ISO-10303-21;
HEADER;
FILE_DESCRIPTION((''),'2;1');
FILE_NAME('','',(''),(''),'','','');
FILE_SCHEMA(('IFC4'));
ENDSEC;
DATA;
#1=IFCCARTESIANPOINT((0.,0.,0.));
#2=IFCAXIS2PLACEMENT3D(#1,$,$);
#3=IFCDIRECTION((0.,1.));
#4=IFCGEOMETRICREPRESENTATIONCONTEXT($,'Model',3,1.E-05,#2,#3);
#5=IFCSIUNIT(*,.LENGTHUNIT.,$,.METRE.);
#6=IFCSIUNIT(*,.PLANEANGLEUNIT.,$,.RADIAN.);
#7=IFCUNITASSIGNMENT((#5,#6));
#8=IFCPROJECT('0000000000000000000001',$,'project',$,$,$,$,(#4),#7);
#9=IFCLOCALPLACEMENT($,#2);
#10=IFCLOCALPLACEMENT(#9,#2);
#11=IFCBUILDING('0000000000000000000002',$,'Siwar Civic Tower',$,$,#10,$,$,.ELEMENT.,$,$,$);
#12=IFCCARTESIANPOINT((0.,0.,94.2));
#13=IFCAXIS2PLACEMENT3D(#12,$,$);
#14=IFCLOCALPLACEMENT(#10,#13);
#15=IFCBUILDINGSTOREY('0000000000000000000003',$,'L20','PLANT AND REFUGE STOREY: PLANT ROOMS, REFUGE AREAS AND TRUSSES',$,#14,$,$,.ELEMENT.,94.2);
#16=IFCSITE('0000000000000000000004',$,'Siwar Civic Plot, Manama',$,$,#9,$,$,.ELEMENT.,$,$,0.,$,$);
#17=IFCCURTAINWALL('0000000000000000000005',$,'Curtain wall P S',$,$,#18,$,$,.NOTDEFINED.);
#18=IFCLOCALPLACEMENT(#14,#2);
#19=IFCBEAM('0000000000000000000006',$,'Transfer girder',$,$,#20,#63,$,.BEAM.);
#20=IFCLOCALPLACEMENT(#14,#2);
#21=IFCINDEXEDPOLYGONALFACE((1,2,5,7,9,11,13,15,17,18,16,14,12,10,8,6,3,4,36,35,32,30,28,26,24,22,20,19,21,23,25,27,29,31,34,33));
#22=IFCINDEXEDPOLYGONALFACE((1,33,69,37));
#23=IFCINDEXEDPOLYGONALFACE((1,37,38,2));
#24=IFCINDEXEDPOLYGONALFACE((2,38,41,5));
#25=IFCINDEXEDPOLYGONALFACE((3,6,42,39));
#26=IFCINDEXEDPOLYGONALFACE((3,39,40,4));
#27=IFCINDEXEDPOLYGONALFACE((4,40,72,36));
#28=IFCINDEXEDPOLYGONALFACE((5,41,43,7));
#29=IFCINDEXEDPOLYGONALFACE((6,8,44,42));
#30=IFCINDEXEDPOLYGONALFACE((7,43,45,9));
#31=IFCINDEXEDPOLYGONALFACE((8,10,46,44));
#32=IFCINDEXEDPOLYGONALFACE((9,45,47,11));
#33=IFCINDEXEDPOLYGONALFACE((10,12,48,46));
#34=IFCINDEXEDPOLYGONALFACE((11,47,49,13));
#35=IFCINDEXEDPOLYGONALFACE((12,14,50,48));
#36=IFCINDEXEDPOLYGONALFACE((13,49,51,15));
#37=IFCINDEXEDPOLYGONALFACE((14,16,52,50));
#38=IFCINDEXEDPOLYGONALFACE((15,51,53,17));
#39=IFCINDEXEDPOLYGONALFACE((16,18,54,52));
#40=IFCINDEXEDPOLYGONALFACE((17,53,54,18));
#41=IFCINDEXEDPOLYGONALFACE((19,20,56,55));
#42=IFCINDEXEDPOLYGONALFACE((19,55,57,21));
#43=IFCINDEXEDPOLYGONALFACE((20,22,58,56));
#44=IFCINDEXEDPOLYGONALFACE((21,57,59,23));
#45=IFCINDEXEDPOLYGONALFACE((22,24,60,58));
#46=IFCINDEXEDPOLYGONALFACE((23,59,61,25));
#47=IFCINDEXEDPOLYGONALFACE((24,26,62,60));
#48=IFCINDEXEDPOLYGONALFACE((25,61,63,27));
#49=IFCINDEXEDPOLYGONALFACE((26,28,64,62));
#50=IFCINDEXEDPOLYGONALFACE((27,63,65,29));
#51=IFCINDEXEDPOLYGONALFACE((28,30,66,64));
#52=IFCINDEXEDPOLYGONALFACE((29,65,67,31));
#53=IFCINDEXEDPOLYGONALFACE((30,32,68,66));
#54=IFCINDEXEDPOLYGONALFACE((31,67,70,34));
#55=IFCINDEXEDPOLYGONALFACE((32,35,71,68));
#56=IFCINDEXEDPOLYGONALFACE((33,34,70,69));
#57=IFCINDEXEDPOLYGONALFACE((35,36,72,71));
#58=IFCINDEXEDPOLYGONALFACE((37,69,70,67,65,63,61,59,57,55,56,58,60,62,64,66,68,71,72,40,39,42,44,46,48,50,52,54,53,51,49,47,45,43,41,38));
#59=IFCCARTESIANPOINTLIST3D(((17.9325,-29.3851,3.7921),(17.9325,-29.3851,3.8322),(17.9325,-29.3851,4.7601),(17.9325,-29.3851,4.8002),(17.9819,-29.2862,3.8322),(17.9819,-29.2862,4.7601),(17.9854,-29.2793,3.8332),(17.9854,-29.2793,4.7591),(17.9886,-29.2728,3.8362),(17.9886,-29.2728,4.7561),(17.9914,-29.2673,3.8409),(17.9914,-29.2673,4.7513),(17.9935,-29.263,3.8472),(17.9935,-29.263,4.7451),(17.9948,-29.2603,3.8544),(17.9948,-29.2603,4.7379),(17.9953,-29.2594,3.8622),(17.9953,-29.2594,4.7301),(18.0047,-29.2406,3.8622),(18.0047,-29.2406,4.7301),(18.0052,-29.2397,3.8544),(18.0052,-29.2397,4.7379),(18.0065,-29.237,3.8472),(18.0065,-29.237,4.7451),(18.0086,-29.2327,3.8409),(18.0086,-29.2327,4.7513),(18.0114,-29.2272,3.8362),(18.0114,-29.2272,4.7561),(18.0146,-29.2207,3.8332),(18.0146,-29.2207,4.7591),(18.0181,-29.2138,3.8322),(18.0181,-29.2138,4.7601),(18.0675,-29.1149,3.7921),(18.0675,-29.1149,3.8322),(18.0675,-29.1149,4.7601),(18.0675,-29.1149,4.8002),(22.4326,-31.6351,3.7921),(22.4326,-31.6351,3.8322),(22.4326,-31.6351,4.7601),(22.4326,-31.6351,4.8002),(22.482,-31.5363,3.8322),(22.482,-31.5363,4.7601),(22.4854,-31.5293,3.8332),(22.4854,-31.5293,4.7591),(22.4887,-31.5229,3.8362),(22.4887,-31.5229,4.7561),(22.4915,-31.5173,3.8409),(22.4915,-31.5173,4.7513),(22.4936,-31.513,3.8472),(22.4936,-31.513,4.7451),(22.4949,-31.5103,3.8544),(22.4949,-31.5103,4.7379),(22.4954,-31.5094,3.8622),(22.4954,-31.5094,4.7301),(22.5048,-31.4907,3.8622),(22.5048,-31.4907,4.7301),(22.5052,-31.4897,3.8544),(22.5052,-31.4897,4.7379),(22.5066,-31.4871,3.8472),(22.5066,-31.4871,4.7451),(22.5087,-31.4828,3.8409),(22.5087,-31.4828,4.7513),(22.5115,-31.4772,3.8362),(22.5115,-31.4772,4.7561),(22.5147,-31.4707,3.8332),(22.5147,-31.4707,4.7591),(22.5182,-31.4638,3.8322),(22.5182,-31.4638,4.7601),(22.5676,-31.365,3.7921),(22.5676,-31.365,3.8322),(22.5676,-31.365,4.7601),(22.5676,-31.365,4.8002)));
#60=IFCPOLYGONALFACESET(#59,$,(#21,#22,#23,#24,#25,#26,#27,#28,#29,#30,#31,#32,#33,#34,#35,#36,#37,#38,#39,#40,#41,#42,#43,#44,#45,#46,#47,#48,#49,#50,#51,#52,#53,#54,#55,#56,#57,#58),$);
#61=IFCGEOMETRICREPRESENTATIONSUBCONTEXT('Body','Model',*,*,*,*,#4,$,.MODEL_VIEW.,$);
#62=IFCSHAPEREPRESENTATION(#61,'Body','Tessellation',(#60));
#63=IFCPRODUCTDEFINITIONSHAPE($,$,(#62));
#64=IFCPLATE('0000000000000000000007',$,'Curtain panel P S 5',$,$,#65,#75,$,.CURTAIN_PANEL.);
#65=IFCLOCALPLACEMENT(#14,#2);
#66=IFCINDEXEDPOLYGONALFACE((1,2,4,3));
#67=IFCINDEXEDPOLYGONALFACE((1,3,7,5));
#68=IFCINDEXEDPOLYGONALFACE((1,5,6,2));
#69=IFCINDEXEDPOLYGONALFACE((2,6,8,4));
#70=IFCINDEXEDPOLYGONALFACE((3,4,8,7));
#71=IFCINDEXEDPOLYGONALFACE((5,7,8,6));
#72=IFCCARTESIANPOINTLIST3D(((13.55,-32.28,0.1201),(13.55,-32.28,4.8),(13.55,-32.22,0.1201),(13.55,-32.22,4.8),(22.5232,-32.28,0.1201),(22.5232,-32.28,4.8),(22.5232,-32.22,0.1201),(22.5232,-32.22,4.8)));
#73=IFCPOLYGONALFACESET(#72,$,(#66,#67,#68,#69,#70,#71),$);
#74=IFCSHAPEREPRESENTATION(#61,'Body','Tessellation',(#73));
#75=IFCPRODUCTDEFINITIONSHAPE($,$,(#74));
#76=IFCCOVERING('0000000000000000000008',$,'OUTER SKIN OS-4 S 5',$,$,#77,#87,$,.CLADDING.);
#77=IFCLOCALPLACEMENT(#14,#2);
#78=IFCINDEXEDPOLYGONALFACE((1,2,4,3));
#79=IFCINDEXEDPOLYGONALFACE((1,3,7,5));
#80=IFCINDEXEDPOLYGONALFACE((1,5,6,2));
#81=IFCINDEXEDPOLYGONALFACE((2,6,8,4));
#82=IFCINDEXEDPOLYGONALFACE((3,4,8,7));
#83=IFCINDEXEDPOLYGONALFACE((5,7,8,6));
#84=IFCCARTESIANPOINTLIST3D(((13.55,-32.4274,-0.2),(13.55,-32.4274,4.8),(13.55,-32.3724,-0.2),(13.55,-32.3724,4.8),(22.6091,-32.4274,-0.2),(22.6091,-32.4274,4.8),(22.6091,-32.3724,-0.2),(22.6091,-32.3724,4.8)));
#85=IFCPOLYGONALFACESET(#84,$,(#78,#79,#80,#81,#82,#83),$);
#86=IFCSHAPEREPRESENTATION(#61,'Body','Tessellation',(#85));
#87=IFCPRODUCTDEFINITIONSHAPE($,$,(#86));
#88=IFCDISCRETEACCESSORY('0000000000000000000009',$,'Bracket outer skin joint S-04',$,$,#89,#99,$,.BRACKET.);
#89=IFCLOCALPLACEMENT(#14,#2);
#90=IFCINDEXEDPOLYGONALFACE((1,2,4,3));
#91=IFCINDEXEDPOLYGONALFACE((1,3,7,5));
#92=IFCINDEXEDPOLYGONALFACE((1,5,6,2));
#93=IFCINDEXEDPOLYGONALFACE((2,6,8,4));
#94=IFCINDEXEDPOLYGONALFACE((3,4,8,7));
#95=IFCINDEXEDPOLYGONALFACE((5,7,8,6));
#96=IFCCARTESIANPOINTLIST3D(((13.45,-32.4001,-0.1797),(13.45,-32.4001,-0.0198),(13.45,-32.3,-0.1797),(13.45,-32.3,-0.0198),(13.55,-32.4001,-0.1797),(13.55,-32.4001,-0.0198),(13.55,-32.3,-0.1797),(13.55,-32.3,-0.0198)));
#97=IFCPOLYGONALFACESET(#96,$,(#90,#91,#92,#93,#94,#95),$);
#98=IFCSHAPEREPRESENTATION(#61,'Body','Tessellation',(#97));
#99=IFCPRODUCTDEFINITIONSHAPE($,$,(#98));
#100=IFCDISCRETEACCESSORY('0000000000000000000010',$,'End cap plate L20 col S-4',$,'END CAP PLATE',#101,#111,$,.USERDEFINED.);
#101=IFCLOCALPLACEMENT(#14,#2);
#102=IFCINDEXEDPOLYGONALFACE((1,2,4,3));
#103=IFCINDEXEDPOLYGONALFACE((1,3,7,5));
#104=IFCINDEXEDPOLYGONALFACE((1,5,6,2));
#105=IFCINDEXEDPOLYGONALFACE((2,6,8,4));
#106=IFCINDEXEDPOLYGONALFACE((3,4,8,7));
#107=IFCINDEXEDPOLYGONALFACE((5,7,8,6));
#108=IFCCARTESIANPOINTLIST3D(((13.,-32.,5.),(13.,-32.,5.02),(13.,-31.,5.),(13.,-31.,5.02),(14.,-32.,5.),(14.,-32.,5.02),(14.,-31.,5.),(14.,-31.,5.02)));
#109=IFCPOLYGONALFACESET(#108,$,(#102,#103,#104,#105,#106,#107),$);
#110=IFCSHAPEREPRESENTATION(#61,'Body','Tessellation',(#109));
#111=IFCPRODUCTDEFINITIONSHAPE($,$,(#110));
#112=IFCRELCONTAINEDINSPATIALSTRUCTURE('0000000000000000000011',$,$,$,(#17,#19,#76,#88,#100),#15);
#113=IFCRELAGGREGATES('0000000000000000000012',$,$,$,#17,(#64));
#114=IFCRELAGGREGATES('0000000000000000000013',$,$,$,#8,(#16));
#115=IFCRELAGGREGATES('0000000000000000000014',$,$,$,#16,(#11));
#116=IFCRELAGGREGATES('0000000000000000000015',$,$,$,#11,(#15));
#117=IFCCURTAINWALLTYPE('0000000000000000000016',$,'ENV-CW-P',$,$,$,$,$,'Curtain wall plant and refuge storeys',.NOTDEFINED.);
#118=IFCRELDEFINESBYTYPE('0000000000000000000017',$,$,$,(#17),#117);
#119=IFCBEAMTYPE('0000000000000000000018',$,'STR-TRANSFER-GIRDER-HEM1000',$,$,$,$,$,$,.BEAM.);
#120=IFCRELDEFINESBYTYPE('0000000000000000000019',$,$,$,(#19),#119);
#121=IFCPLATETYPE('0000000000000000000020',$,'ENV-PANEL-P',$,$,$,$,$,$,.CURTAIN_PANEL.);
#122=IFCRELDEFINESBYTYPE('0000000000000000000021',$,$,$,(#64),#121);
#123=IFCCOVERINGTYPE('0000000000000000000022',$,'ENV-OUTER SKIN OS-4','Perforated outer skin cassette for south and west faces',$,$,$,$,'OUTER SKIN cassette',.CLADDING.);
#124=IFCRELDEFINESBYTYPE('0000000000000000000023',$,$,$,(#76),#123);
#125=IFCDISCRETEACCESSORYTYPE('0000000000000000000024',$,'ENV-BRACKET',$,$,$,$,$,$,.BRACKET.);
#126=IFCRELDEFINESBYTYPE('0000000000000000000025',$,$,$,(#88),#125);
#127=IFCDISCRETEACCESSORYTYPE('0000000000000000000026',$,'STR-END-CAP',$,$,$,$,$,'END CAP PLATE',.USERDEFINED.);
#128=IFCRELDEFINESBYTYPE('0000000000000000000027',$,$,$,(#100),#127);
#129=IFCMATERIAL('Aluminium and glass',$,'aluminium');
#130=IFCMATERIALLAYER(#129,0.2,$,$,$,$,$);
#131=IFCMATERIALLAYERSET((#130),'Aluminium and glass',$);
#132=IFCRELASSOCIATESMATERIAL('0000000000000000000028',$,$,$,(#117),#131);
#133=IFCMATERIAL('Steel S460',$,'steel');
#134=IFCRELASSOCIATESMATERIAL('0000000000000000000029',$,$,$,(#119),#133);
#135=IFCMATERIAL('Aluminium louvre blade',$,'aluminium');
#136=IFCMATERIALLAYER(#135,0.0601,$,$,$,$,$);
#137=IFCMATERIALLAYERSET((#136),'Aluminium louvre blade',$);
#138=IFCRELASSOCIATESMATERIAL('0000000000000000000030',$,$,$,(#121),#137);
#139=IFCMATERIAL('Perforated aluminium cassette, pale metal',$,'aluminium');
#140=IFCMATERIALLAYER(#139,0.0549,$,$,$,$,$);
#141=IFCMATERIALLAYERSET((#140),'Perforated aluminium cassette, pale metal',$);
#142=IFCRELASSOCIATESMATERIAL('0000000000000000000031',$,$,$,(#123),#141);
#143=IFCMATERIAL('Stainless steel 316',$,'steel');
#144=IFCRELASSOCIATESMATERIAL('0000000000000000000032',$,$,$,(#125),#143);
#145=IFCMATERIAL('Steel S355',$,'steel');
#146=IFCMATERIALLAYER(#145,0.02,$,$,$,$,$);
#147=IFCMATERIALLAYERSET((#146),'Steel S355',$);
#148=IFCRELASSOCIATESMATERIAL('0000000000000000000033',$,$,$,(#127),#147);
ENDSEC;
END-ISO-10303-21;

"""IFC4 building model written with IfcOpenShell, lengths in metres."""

from ifc_helpers import new_model, si_unit, direction, frame, origin, origin_2d, place, context, subcontext, project, spatial, rectangle, i_section, extrude, material, layer, layer_set, material_profile, profile_set, type_object, element, aggregate, save


model = new_model("IFC4")

# Units and contexts
model_context = context("Model", 3, precision=1e-05, world=origin(), true_north=direction((0.0, 1.0)))
body_context = subcontext(model_context, "Body", "Model", "MODEL_VIEW")
ifc_project = project(units=[si_unit("LENGTHUNIT", "METRE"), si_unit("PLANEANGLEUNIT", "RADIAN")], contexts=[model_context])

# Site, building, storey
site_placement = place(None, origin())
site = spatial("IfcSite", under=ifc_project, at=site_placement, Name="Siwar Civic Plot, Manama", CompositionType="ELEMENT", RefElevation=0.0)
building_placement = place(site_placement, origin())
building = spatial("IfcBuilding", under=site, at=building_placement, Name="Siwar Civic Tower", CompositionType="ELEMENT")
storey_placement = place(building_placement, frame((0.0, 0.0, 94.2)))
storey = spatial("IfcBuildingStorey", under=building, at=storey_placement, Name="L20", Description="PLANT AND REFUGE STOREY: PLANT ROOMS, REFUGE AREAS AND TRUSSES", CompositionType="ELEMENT", Elevation=94.2)

# Curtain wall
ifc_material_1 = material(Name="Aluminium and glass", Category="aluminium")
ifc_layer_1 = layer(ifc_material_1, 0.2)
ifc_layer_set_1 = layer_set([ifc_layer_1], Name="Aluminium and glass")
curtain_wall_type = type_object("IfcCurtainWallType", Name="ENV-CW-P", ElementType="Curtain wall plant and refuge storeys", PredefinedType="NOTDEFINED", material=ifc_layer_set_1)
curtain_wall_placement = place(storey_placement, origin())
curtain_wall = element("IfcCurtainWall", 1, at=curtain_wall_placement, inside=storey, type_object=curtain_wall_type, Name="Curtain wall P S", PredefinedType="NOTDEFINED")

# Beam
ifc_material_2 = material(Name="Steel S460", Category="steel")
ifc_material_profile_1 = material_profile(ifc_material_2, i_section(OverallWidth=0.302, OverallDepth=1.0081, WebThickness=0.021, FlangeThickness=0.04, FilletRadius=0.03, at=origin_2d()), Name="HEM1000")
ifc_profile_set_1 = profile_set([ifc_material_profile_1], Name="Steel S460")
beam_type_1 = type_object("IfcBeamType", Name="STR-TRANSFER-GIRDER-HEM1000", PredefinedType="BEAM", material=ifc_profile_set_1)
for number, where, z_axis, x_axis, name in (
    (2, (18.0, -29.25, 4.2961), (0.894427, -0.447214, 0.0), (0.447214, 0.894427, 0.0), "Transfer girder"),
):
    element("IfcBeam", number, at=place(storey_placement, frame(where, z_axis=z_axis, x_axis=x_axis)), inside=storey, type_object=beam_type_1, Name=name, PredefinedType="BEAM", context=body_context, shape_type="SweptSolid", body=[
        extrude(i_section(OverallWidth=0.302, OverallDepth=1.0081, WebThickness=0.021, FlangeThickness=0.04, FilletRadius=0.03, at=origin_2d()), origin(), (0.0, 0.0, 1.0), 5.0312),
    ])

# Plate
ifc_material_3 = material(Name="Aluminium louvre blade", Category="aluminium")
ifc_layer_2 = layer(ifc_material_3, 0.0601)
ifc_layer_set_2 = layer_set([ifc_layer_2], Name="Aluminium louvre blade")
plate_type = type_object("IfcPlateType", Name="ENV-PANEL-P", PredefinedType="CURTAIN_PANEL", material=ifc_layer_set_2)
plate_placement = place(storey_placement, frame((18.0366, -32.25, 0.1201), z_axis=(0.0, 0.0, 1.0), x_axis=(1.0, 0.0, 0.0)))
plate = element("IfcPlate", 3, at=plate_placement, type_object=plate_type, Name="Curtain panel P S 5", PredefinedType="CURTAIN_PANEL", context=body_context, shape_type="SweptSolid", body=[
    extrude(rectangle(XDim=8.9731, YDim=0.0601, at=origin_2d()), origin(), (0.0, 0.0, 1.0), 4.6799),
])
aggregate(curtain_wall, [plate])

# Covering
ifc_material_4 = material(Name="Perforated aluminium cassette, pale metal", Category="aluminium")
ifc_layer_3 = layer(ifc_material_4, 0.0549)
ifc_layer_set_3 = layer_set([ifc_layer_3], Name="Perforated aluminium cassette, pale metal")
covering_type = type_object("IfcCoveringType", Name="ENV-OUTER SKIN OS-4", Description="Perforated outer skin cassette for south and west faces", ElementType="OUTER SKIN cassette", PredefinedType="CLADDING", material=ifc_layer_set_3)
covering_placement = place(storey_placement, frame((18.0796, -32.3999, -0.2), z_axis=(0.0, 0.0, 1.0), x_axis=(1.0, 0.0, 0.0)))
element("IfcCovering", 4, at=covering_placement, inside=storey, type_object=covering_type, Name="OUTER SKIN OS-4 S 5", PredefinedType="CLADDING", context=body_context, shape_type="SweptSolid", body=[
    extrude(rectangle(XDim=9.0591, YDim=0.0549, at=origin_2d()), origin(), (0.0, 0.0, 1.0), 5.0),
])

# Discrete accessories
ifc_material_5 = material(Name="Stainless steel 316", Category="steel")
discrete_accessory_type_1 = type_object("IfcDiscreteAccessoryType", Name="ENV-BRACKET", PredefinedType="BRACKET", material=ifc_material_5)
discrete_accessory_1_placement = place(storey_placement, frame((13.5, -32.3501, -0.1797), z_axis=(0.0, 0.0, 1.0), x_axis=(0.0, -1.0, 0.0)))
element("IfcDiscreteAccessory", 5, at=discrete_accessory_1_placement, inside=storey, type_object=discrete_accessory_type_1, Name="Bracket outer skin joint S-04", PredefinedType="BRACKET", context=body_context, shape_type="SweptSolid", body=[
    extrude(rectangle(XDim=0.1001, YDim=0.1001, at=origin_2d()), origin(), (0.0, 0.0, 1.0), 0.1599),
])
ifc_material_6 = material(Name="Steel S355", Category="steel")
ifc_layer_4 = layer(ifc_material_6, 0.02)
ifc_layer_set_4 = layer_set([ifc_layer_4], Name="Steel S355")
discrete_accessory_type_2 = type_object("IfcDiscreteAccessoryType", Name="STR-END-CAP", ElementType="END CAP PLATE", PredefinedType="USERDEFINED", material=ifc_layer_set_4)
discrete_accessory_2_placement = place(storey_placement, frame((13.5, -31.5, 5.0), z_axis=(0.0, 0.0, 1.0), x_axis=(1.0, 0.0, 0.0)))
element("IfcDiscreteAccessory", 6, at=discrete_accessory_2_placement, inside=storey, type_object=discrete_accessory_type_2, Name="End cap plate L20 col S-4", ObjectType="END CAP PLATE", PredefinedType="USERDEFINED", context=body_context, shape_type="SweptSolid", body=[
    extrude(rectangle(XDim=1.0, YDim=1.0, at=origin_2d()), origin(), (0.0, 0.0, 1.0), 0.02),
])

save(model, "model.ifc")
